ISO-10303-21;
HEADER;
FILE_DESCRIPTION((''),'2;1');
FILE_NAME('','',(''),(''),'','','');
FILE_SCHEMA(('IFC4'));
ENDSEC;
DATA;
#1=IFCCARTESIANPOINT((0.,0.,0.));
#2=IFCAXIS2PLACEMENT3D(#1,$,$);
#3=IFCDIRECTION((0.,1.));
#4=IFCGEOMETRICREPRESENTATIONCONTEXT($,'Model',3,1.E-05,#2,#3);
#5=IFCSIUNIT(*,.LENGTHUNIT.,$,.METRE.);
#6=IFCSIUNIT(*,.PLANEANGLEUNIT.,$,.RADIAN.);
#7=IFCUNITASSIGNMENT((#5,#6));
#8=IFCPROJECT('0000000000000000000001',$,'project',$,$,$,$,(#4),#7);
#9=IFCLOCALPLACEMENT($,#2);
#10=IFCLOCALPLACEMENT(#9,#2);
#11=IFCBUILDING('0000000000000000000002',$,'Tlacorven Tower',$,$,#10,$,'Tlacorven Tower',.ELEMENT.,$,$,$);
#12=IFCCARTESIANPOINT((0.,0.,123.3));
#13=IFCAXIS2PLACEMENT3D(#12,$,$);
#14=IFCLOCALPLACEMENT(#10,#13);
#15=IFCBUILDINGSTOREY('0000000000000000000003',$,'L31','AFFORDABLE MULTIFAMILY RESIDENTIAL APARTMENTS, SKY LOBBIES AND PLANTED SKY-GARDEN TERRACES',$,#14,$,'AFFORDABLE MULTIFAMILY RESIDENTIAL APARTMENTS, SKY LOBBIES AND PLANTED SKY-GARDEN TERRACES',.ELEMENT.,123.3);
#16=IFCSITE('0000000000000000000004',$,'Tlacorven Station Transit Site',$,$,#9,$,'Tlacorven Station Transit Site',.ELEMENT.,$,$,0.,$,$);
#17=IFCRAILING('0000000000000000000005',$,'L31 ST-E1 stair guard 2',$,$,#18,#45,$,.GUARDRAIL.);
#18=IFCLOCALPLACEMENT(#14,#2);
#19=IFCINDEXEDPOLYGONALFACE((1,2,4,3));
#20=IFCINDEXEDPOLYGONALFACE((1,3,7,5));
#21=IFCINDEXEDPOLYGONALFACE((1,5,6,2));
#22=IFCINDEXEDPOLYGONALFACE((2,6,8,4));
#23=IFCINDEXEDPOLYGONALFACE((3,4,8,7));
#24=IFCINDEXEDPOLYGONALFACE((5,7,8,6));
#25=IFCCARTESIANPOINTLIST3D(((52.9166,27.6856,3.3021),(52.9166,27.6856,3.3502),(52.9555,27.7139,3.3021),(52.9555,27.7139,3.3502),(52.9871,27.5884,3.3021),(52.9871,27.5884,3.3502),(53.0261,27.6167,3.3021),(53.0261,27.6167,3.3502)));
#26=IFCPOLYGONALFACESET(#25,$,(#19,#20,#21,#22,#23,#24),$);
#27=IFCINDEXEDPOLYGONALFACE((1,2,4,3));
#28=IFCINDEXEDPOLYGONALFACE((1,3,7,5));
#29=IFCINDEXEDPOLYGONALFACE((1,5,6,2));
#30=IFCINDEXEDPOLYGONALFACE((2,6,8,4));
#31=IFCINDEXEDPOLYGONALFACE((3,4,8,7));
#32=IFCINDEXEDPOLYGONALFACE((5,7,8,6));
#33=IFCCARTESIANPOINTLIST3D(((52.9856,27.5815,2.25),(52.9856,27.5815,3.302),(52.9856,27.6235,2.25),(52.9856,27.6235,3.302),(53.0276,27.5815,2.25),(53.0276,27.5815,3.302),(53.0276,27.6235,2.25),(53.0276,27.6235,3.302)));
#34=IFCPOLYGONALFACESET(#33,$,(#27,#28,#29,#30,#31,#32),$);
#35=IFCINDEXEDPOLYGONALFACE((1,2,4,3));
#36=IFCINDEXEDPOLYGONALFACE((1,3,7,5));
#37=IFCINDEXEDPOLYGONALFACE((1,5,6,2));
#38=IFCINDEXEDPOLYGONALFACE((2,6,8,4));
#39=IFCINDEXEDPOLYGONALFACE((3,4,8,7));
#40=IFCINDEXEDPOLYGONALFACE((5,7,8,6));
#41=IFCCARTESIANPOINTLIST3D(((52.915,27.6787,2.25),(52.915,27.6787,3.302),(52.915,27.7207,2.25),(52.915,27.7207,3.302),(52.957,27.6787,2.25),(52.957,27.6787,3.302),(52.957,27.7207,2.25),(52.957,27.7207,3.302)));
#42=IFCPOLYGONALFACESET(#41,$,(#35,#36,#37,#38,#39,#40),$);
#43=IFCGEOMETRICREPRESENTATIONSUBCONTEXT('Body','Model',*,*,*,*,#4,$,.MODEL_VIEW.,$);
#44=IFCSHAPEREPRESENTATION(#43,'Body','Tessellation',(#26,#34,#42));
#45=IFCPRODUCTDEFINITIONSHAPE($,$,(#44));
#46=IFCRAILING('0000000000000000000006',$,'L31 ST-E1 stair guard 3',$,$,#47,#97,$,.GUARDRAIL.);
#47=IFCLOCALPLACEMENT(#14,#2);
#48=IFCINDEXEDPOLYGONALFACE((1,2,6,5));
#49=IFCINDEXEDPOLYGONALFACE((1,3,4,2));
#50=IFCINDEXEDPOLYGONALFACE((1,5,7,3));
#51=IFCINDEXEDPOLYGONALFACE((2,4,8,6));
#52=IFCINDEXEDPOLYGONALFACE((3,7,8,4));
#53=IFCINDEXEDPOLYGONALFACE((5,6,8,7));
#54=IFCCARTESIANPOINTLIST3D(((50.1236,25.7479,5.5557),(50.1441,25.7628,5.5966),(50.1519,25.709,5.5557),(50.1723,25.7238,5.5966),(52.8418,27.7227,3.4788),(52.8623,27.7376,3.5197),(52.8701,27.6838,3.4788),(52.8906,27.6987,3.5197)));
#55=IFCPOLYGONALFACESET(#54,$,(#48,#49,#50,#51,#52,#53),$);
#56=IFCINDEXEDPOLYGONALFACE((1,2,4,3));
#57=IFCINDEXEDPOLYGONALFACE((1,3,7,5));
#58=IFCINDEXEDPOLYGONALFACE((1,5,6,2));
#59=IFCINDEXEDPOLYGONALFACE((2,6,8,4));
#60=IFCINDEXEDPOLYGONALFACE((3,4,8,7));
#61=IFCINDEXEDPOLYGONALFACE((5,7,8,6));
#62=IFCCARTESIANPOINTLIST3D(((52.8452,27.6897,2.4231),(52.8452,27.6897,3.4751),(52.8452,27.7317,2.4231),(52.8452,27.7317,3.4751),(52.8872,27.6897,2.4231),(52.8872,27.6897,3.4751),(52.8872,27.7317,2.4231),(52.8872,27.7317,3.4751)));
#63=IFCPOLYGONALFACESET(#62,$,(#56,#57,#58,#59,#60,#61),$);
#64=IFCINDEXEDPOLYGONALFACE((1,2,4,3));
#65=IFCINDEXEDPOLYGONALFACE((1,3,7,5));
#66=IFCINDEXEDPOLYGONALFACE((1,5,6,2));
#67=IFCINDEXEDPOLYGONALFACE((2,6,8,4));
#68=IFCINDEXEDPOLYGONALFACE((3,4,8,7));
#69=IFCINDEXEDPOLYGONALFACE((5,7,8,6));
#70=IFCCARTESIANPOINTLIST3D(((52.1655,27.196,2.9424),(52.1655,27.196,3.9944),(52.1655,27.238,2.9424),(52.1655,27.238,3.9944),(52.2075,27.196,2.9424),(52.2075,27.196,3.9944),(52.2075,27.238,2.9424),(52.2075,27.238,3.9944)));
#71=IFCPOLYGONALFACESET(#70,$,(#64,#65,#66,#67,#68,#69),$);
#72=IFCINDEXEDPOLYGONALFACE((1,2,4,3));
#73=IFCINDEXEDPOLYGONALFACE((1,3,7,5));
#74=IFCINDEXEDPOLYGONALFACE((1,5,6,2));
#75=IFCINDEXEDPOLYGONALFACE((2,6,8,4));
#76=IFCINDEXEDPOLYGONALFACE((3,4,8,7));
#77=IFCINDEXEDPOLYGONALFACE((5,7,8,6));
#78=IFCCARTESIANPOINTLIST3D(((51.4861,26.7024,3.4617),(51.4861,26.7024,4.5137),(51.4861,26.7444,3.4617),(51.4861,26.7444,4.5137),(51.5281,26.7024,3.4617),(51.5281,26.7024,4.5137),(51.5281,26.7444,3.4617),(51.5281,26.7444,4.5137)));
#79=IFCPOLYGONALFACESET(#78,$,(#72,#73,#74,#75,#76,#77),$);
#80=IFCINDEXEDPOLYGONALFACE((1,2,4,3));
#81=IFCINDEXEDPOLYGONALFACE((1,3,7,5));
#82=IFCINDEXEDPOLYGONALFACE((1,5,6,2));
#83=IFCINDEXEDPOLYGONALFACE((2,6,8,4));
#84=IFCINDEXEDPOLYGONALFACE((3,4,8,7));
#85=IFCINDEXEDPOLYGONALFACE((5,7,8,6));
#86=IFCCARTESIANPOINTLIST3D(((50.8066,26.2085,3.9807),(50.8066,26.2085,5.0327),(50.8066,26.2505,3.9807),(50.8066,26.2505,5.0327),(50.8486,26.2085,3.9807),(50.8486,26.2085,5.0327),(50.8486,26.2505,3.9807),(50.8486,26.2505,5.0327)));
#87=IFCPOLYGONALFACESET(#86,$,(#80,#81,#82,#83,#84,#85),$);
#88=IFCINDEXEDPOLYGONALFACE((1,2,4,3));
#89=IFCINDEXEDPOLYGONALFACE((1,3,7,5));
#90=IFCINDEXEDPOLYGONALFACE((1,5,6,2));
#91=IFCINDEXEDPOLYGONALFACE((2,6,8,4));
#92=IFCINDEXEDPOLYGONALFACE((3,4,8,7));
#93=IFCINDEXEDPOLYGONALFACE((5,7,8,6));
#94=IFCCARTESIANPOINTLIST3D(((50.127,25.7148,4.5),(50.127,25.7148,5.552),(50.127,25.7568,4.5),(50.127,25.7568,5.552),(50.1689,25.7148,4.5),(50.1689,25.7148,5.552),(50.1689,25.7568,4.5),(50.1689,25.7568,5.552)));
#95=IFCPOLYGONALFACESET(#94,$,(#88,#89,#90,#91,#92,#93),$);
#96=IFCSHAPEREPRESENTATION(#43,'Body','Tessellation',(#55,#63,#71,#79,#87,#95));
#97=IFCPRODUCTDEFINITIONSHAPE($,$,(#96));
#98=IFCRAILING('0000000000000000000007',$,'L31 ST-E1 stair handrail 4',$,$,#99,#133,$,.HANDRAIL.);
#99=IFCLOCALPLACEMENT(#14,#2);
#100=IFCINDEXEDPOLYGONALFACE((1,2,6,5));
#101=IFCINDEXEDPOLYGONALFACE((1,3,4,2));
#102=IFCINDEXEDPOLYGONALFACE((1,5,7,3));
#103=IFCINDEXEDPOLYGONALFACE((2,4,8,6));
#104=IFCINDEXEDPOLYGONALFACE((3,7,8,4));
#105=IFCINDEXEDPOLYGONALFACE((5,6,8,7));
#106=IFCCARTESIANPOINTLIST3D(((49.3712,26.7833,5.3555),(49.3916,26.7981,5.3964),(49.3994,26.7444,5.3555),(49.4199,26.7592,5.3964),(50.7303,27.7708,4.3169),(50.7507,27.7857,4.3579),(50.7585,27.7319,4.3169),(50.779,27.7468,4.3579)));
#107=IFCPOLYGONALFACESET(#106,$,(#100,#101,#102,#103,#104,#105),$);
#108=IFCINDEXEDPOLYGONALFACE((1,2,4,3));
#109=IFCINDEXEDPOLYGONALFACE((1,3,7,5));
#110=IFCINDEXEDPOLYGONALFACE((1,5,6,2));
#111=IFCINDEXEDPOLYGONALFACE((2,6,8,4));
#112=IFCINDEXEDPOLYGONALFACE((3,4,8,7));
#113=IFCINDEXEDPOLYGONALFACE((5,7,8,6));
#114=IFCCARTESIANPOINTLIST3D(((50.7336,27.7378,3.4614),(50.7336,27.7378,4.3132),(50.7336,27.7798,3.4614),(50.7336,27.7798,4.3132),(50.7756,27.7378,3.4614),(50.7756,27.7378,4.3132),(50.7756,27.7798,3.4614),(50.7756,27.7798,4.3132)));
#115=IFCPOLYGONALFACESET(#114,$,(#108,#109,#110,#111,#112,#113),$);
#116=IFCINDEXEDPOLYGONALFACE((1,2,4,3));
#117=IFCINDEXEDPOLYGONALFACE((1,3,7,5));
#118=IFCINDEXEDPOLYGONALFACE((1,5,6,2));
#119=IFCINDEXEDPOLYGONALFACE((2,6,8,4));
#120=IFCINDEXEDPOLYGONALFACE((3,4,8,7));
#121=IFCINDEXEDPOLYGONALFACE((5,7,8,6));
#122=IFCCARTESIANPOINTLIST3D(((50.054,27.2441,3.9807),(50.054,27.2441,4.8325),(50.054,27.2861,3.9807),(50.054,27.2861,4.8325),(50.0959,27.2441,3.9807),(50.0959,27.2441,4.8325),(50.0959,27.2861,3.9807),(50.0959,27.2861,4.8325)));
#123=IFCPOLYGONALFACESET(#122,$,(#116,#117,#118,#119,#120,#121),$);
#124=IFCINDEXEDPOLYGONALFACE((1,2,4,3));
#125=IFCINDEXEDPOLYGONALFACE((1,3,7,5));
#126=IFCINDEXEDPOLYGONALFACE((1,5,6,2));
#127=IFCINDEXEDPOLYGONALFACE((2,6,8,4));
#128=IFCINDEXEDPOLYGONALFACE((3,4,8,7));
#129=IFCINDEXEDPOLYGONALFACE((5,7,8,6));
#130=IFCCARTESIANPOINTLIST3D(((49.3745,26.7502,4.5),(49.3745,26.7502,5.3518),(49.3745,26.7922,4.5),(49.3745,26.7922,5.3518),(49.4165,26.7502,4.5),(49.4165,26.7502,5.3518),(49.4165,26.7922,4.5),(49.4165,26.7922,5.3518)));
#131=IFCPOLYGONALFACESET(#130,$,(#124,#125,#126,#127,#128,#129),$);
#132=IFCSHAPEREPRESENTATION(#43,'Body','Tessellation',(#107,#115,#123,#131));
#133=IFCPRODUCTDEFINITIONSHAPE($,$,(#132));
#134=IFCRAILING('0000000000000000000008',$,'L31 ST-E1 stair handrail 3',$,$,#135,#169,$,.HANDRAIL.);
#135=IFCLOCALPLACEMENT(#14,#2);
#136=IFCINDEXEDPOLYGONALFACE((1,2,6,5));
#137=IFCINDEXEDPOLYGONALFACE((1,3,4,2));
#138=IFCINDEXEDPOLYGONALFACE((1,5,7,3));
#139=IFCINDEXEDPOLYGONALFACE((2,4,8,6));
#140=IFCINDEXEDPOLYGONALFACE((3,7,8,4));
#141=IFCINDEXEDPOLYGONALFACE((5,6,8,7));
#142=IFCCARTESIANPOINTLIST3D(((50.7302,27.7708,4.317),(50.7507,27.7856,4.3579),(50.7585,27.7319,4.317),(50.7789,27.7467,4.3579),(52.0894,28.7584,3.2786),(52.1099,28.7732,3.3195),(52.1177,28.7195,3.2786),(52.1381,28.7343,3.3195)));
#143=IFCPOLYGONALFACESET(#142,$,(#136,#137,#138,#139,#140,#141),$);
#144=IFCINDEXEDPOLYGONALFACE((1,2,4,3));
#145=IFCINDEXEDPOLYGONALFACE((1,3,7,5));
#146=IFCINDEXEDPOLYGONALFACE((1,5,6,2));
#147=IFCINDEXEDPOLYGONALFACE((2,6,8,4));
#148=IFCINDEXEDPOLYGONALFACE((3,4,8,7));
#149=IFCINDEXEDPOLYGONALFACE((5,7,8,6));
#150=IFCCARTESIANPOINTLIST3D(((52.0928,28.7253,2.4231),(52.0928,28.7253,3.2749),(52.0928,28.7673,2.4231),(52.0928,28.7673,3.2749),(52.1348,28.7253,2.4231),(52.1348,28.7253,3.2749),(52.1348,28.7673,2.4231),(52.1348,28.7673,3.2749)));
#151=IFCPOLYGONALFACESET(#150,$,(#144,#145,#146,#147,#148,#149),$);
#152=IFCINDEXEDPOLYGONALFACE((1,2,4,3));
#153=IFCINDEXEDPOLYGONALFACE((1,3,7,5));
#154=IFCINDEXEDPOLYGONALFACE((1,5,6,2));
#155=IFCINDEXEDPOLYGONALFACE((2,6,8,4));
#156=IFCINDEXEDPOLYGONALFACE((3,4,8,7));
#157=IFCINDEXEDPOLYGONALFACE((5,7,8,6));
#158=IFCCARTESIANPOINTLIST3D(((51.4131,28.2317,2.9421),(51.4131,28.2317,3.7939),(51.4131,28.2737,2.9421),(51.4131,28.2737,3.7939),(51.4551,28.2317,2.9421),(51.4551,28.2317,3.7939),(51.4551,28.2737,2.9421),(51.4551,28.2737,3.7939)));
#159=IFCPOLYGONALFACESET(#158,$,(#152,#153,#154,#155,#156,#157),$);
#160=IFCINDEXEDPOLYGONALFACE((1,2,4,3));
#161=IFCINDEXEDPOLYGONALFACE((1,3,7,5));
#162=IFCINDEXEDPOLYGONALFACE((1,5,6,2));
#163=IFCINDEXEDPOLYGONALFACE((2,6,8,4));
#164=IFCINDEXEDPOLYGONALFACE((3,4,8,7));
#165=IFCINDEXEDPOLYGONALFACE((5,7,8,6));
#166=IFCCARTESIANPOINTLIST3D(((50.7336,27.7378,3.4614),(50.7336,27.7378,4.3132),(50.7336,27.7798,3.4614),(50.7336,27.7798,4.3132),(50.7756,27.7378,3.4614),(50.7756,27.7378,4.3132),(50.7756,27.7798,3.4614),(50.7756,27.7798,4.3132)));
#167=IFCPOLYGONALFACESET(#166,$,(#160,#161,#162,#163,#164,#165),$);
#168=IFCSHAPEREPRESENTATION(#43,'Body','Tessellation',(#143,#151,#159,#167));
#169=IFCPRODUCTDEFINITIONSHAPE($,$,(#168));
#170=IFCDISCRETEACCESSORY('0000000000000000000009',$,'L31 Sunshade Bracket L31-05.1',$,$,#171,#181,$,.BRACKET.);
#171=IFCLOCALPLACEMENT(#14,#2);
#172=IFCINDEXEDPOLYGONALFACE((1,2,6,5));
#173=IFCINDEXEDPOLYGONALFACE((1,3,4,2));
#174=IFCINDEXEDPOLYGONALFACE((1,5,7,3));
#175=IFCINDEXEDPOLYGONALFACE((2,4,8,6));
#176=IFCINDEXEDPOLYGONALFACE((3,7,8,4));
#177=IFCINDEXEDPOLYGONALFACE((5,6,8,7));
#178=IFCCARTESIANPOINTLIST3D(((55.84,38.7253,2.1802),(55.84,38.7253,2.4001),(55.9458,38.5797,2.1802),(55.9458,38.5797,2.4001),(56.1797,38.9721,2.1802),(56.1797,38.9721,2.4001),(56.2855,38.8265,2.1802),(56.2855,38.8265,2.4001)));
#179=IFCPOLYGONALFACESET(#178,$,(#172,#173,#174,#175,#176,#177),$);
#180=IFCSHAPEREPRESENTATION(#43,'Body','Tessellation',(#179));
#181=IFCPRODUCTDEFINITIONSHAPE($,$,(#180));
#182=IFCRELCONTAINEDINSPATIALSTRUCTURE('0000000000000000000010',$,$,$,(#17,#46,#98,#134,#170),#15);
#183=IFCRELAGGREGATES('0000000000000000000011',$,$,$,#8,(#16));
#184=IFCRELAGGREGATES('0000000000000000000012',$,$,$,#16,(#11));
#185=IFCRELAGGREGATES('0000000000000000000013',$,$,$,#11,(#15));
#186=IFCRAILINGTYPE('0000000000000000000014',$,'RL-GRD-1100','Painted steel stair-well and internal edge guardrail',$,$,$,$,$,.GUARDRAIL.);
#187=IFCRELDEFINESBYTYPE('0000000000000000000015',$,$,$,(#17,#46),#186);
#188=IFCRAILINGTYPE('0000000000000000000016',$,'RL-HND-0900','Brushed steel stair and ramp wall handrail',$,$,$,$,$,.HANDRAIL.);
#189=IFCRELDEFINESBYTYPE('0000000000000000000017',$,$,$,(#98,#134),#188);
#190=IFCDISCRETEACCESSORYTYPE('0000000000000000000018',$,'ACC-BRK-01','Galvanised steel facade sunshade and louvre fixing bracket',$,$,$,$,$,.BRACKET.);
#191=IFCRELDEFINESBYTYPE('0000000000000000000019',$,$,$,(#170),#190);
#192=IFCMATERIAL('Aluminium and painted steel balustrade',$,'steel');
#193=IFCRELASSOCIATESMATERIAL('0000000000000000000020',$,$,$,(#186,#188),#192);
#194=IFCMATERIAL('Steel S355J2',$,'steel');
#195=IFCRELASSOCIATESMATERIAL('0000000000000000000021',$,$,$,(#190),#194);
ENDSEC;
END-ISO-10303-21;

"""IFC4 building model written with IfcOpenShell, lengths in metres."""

from ifc_helpers import new_model, si_unit, direction, frame, origin, origin_2d, place, context, subcontext, project, spatial, rectangle, extrude, source, transform, mapped, material, type_object, element, save


model = new_model("IFC4")

# Units and contexts
model_context = context("Model", 3, precision=1e-05, world=origin(), true_north=direction((0.0, 1.0)))
body_context = subcontext(model_context, "Body", "Model", "MODEL_VIEW")
ifc_project = project(units=[si_unit("LENGTHUNIT", "METRE"), si_unit("PLANEANGLEUNIT", "RADIAN")], contexts=[model_context])

# Site, building, storey
site_placement = place(None, origin())
site = spatial("IfcSite", under=ifc_project, at=site_placement, Name="Tlacorven Station Transit Site", LongName="Tlacorven Station Transit Site", CompositionType="ELEMENT", RefElevation=0.0)
building_placement = place(site_placement, origin())
building = spatial("IfcBuilding", under=site, at=building_placement, Name="Tlacorven Tower", LongName="Tlacorven Tower", CompositionType="ELEMENT")
storey_placement = place(building_placement, frame((0.0, 0.0, 123.3)))
storey = spatial("IfcBuildingStorey", under=building, at=storey_placement, Name="L31", Description="AFFORDABLE MULTIFAMILY RESIDENTIAL APARTMENTS, SKY LOBBIES AND PLANTED SKY-GARDEN TERRACES", LongName="AFFORDABLE MULTIFAMILY RESIDENTIAL APARTMENTS, SKY LOBBIES AND PLANTED SKY-GARDEN TERRACES", CompositionType="ELEMENT", Elevation=123.3)

# Shared definitions
ifc_material_1 = material(Name="Steel S355J2", Category="steel")

# Shared definitions
ifc_material_2 = material(Name="Aluminium and painted steel balustrade", Category="steel")

# Railings
railing_type_1 = type_object("IfcRailingType", Name="RL-GRD-1100", Description="Painted steel stair-well and internal edge guardrail", PredefinedType="GUARDRAIL", material=ifc_material_2)
shared_shape_1 = source(origin(), body_context, "Body", "SweptSolid", [
    extrude(rectangle(XDim=0.0481, YDim=0.0481, at=origin_2d()), frame((0.0, 0.0, 1.0762), z_axis=(-0.587567, 0.809175, 0.0), x_axis=(-0.809175, -0.587567, 0.0)), (0.0, 0.0, 1.0), 0.1201),
    extrude(rectangle(XDim=0.042, YDim=0.042, at=origin_2d()), origin(), (0.0, 0.0, 1.0), 1.052),
    extrude(rectangle(XDim=0.042, YDim=0.042, at=origin_2d()), frame((-0.0706, 0.0972, 0.0)), (0.0, 0.0, 1.0), 1.052),
])
railing_1_placement = place(storey_placement, frame((53.0066, 27.6025, 2.25)))
element("IfcRailing", 1, at=railing_1_placement, inside=storey, type_object=railing_type_1, Name="L31 ST-E1 stair guard 2", PredefinedType="GUARDRAIL", context=body_context, shape_type="MappedRepresentation", body=[
    mapped(shared_shape_1, transform((0.0, 0.0, 0.0), scale=1.0)),
])
shared_shape_2 = source(origin(), body_context, "Body", "SweptSolid", [
    extrude(rectangle(XDim=0.0481, YDim=0.0481, at=origin_2d()), frame((0.0, 0.0, 1.0762), z_axis=(-0.688167, -0.499963, 0.525798), x_axis=(0.58777, -0.809028, 0.0)), (0.0, 0.0, 1.0), 3.95),
    extrude(rectangle(XDim=0.042, YDim=0.042, at=origin_2d()), origin(), (0.0, 0.0, 1.0), 1.052),
    extrude(rectangle(XDim=0.042, YDim=0.042, at=origin_2d()), frame((-0.6797, -0.4937, 0.5193)), (0.0, 0.0, 1.0), 1.052),
    extrude(rectangle(XDim=0.042, YDim=0.042, at=origin_2d()), frame((-1.3591, -0.9873, 1.0386)), (0.0, 0.0, 1.0), 1.052),
    extrude(rectangle(XDim=0.042, YDim=0.042, at=origin_2d()), frame((-2.0386, -1.4812, 1.5576)), (0.0, 0.0, 1.0), 1.052),
    extrude(rectangle(XDim=0.042, YDim=0.042, at=origin_2d()), frame((-2.7183, -1.9749, 2.0769)), (0.0, 0.0, 1.0), 1.052),
])
railing_2_placement = place(storey_placement, frame((52.8662, 27.7107, 2.4231)))
element("IfcRailing", 2, at=railing_2_placement, inside=storey, type_object=railing_type_1, Name="L31 ST-E1 stair guard 3", PredefinedType="GUARDRAIL", context=body_context, shape_type="MappedRepresentation", body=[
    mapped(shared_shape_2, transform((0.0, 0.0, 0.0), scale=1.0)),
])
railing_type_2 = type_object("IfcRailingType", Name="RL-HND-0900", Description="Brushed steel stair and ramp wall handrail", PredefinedType="HANDRAIL", material=ifc_material_2)
shared_shape_3 = source(origin(), body_context, "Body", "SweptSolid", [
    extrude(rectangle(XDim=0.0481, YDim=0.0481, at=origin_2d()), frame((0.0, 0.0, 0.876), z_axis=(-0.688123, -0.499993, 0.525827), x_axis=(0.587817, -0.808994, 0.0)), (0.0, 0.0, 1.0), 1.9751),
    extrude(rectangle(XDim=0.042, YDim=0.042, at=origin_2d()), origin(), (0.0, 0.0, 1.0), 0.8518),
    extrude(rectangle(XDim=0.042, YDim=0.042, at=origin_2d()), frame((-0.6797, -0.4937, 0.5193)), (0.0, 0.0, 1.0), 0.8518),
    extrude(rectangle(XDim=0.042, YDim=0.042, at=origin_2d()), frame((-1.3591, -0.9875, 1.0386)), (0.0, 0.0, 1.0), 0.8518),
])
railing_3_placement = place(storey_placement, frame((50.7546, 27.7588, 3.4614)))
element("IfcRailing", 3, at=railing_3_placement, inside=storey, type_object=railing_type_2, Name="L31 ST-E1 stair handrail 4", PredefinedType="HANDRAIL", context=body_context, shape_type="MappedRepresentation", body=[
    mapped(shared_shape_3, transform((0.0, 0.0, 0.0), scale=1.0)),
])
shared_shape_4 = source(origin(), body_context, "Body", "SweptSolid", [
    extrude(rectangle(XDim=0.0481, YDim=0.0481, at=origin_2d()), frame((0.0, 0.0, 0.876), z_axis=(-0.688168, -0.500025, 0.525737), x_axis=(0.587817, -0.808994, 0.0)), (0.0, 0.0, 1.0), 1.9751),
    extrude(rectangle(XDim=0.042, YDim=0.042, at=origin_2d()), origin(), (0.0, 0.0, 1.0), 0.8518),
    extrude(rectangle(XDim=0.042, YDim=0.042, at=origin_2d()), frame((-0.6797, -0.4937, 0.519)), (0.0, 0.0, 1.0), 0.8518),
    extrude(rectangle(XDim=0.042, YDim=0.042, at=origin_2d()), frame((-1.3591, -0.9875, 1.0383)), (0.0, 0.0, 1.0), 0.8518),
])
railing_4_placement = place(storey_placement, frame((52.1138, 28.7463, 2.4231)))
element("IfcRailing", 4, at=railing_4_placement, inside=storey, type_object=railing_type_2, Name="L31 ST-E1 stair handrail 3", PredefinedType="HANDRAIL", context=body_context, shape_type="MappedRepresentation", body=[
    mapped(shared_shape_4, transform((0.0, 0.0, 0.0), scale=1.0)),
])

# Discrete accessory
discrete_accessory_type = type_object("IfcDiscreteAccessoryType", Name="ACC-BRK-01", Description="Galvanised steel facade sunshade and louvre fixing bracket", PredefinedType="BRACKET", material=ifc_material_1)
shared_shape_5 = source(origin(), body_context, "Body", "SweptSolid", [
    extrude(rectangle(XDim=0.1799, YDim=0.4199, at=origin_2d()), origin(), (0.0, 0.0, 1.0), 0.22),
])
discrete_accessory_placement = place(storey_placement, frame((56.0627, 38.7759, 2.1802), z_axis=(0.0, 0.0, 1.0), x_axis=(0.587785, -0.809017, 0.0)))
element("IfcDiscreteAccessory", 5, at=discrete_accessory_placement, inside=storey, type_object=discrete_accessory_type, Name="L31 Sunshade Bracket L31-05.1", PredefinedType="BRACKET", context=body_context, shape_type="MappedRepresentation", body=[
    mapped(shared_shape_5, transform((0.0, 0.0, 0.0), scale=1.0)),
])

save(model, "model.ifc")
